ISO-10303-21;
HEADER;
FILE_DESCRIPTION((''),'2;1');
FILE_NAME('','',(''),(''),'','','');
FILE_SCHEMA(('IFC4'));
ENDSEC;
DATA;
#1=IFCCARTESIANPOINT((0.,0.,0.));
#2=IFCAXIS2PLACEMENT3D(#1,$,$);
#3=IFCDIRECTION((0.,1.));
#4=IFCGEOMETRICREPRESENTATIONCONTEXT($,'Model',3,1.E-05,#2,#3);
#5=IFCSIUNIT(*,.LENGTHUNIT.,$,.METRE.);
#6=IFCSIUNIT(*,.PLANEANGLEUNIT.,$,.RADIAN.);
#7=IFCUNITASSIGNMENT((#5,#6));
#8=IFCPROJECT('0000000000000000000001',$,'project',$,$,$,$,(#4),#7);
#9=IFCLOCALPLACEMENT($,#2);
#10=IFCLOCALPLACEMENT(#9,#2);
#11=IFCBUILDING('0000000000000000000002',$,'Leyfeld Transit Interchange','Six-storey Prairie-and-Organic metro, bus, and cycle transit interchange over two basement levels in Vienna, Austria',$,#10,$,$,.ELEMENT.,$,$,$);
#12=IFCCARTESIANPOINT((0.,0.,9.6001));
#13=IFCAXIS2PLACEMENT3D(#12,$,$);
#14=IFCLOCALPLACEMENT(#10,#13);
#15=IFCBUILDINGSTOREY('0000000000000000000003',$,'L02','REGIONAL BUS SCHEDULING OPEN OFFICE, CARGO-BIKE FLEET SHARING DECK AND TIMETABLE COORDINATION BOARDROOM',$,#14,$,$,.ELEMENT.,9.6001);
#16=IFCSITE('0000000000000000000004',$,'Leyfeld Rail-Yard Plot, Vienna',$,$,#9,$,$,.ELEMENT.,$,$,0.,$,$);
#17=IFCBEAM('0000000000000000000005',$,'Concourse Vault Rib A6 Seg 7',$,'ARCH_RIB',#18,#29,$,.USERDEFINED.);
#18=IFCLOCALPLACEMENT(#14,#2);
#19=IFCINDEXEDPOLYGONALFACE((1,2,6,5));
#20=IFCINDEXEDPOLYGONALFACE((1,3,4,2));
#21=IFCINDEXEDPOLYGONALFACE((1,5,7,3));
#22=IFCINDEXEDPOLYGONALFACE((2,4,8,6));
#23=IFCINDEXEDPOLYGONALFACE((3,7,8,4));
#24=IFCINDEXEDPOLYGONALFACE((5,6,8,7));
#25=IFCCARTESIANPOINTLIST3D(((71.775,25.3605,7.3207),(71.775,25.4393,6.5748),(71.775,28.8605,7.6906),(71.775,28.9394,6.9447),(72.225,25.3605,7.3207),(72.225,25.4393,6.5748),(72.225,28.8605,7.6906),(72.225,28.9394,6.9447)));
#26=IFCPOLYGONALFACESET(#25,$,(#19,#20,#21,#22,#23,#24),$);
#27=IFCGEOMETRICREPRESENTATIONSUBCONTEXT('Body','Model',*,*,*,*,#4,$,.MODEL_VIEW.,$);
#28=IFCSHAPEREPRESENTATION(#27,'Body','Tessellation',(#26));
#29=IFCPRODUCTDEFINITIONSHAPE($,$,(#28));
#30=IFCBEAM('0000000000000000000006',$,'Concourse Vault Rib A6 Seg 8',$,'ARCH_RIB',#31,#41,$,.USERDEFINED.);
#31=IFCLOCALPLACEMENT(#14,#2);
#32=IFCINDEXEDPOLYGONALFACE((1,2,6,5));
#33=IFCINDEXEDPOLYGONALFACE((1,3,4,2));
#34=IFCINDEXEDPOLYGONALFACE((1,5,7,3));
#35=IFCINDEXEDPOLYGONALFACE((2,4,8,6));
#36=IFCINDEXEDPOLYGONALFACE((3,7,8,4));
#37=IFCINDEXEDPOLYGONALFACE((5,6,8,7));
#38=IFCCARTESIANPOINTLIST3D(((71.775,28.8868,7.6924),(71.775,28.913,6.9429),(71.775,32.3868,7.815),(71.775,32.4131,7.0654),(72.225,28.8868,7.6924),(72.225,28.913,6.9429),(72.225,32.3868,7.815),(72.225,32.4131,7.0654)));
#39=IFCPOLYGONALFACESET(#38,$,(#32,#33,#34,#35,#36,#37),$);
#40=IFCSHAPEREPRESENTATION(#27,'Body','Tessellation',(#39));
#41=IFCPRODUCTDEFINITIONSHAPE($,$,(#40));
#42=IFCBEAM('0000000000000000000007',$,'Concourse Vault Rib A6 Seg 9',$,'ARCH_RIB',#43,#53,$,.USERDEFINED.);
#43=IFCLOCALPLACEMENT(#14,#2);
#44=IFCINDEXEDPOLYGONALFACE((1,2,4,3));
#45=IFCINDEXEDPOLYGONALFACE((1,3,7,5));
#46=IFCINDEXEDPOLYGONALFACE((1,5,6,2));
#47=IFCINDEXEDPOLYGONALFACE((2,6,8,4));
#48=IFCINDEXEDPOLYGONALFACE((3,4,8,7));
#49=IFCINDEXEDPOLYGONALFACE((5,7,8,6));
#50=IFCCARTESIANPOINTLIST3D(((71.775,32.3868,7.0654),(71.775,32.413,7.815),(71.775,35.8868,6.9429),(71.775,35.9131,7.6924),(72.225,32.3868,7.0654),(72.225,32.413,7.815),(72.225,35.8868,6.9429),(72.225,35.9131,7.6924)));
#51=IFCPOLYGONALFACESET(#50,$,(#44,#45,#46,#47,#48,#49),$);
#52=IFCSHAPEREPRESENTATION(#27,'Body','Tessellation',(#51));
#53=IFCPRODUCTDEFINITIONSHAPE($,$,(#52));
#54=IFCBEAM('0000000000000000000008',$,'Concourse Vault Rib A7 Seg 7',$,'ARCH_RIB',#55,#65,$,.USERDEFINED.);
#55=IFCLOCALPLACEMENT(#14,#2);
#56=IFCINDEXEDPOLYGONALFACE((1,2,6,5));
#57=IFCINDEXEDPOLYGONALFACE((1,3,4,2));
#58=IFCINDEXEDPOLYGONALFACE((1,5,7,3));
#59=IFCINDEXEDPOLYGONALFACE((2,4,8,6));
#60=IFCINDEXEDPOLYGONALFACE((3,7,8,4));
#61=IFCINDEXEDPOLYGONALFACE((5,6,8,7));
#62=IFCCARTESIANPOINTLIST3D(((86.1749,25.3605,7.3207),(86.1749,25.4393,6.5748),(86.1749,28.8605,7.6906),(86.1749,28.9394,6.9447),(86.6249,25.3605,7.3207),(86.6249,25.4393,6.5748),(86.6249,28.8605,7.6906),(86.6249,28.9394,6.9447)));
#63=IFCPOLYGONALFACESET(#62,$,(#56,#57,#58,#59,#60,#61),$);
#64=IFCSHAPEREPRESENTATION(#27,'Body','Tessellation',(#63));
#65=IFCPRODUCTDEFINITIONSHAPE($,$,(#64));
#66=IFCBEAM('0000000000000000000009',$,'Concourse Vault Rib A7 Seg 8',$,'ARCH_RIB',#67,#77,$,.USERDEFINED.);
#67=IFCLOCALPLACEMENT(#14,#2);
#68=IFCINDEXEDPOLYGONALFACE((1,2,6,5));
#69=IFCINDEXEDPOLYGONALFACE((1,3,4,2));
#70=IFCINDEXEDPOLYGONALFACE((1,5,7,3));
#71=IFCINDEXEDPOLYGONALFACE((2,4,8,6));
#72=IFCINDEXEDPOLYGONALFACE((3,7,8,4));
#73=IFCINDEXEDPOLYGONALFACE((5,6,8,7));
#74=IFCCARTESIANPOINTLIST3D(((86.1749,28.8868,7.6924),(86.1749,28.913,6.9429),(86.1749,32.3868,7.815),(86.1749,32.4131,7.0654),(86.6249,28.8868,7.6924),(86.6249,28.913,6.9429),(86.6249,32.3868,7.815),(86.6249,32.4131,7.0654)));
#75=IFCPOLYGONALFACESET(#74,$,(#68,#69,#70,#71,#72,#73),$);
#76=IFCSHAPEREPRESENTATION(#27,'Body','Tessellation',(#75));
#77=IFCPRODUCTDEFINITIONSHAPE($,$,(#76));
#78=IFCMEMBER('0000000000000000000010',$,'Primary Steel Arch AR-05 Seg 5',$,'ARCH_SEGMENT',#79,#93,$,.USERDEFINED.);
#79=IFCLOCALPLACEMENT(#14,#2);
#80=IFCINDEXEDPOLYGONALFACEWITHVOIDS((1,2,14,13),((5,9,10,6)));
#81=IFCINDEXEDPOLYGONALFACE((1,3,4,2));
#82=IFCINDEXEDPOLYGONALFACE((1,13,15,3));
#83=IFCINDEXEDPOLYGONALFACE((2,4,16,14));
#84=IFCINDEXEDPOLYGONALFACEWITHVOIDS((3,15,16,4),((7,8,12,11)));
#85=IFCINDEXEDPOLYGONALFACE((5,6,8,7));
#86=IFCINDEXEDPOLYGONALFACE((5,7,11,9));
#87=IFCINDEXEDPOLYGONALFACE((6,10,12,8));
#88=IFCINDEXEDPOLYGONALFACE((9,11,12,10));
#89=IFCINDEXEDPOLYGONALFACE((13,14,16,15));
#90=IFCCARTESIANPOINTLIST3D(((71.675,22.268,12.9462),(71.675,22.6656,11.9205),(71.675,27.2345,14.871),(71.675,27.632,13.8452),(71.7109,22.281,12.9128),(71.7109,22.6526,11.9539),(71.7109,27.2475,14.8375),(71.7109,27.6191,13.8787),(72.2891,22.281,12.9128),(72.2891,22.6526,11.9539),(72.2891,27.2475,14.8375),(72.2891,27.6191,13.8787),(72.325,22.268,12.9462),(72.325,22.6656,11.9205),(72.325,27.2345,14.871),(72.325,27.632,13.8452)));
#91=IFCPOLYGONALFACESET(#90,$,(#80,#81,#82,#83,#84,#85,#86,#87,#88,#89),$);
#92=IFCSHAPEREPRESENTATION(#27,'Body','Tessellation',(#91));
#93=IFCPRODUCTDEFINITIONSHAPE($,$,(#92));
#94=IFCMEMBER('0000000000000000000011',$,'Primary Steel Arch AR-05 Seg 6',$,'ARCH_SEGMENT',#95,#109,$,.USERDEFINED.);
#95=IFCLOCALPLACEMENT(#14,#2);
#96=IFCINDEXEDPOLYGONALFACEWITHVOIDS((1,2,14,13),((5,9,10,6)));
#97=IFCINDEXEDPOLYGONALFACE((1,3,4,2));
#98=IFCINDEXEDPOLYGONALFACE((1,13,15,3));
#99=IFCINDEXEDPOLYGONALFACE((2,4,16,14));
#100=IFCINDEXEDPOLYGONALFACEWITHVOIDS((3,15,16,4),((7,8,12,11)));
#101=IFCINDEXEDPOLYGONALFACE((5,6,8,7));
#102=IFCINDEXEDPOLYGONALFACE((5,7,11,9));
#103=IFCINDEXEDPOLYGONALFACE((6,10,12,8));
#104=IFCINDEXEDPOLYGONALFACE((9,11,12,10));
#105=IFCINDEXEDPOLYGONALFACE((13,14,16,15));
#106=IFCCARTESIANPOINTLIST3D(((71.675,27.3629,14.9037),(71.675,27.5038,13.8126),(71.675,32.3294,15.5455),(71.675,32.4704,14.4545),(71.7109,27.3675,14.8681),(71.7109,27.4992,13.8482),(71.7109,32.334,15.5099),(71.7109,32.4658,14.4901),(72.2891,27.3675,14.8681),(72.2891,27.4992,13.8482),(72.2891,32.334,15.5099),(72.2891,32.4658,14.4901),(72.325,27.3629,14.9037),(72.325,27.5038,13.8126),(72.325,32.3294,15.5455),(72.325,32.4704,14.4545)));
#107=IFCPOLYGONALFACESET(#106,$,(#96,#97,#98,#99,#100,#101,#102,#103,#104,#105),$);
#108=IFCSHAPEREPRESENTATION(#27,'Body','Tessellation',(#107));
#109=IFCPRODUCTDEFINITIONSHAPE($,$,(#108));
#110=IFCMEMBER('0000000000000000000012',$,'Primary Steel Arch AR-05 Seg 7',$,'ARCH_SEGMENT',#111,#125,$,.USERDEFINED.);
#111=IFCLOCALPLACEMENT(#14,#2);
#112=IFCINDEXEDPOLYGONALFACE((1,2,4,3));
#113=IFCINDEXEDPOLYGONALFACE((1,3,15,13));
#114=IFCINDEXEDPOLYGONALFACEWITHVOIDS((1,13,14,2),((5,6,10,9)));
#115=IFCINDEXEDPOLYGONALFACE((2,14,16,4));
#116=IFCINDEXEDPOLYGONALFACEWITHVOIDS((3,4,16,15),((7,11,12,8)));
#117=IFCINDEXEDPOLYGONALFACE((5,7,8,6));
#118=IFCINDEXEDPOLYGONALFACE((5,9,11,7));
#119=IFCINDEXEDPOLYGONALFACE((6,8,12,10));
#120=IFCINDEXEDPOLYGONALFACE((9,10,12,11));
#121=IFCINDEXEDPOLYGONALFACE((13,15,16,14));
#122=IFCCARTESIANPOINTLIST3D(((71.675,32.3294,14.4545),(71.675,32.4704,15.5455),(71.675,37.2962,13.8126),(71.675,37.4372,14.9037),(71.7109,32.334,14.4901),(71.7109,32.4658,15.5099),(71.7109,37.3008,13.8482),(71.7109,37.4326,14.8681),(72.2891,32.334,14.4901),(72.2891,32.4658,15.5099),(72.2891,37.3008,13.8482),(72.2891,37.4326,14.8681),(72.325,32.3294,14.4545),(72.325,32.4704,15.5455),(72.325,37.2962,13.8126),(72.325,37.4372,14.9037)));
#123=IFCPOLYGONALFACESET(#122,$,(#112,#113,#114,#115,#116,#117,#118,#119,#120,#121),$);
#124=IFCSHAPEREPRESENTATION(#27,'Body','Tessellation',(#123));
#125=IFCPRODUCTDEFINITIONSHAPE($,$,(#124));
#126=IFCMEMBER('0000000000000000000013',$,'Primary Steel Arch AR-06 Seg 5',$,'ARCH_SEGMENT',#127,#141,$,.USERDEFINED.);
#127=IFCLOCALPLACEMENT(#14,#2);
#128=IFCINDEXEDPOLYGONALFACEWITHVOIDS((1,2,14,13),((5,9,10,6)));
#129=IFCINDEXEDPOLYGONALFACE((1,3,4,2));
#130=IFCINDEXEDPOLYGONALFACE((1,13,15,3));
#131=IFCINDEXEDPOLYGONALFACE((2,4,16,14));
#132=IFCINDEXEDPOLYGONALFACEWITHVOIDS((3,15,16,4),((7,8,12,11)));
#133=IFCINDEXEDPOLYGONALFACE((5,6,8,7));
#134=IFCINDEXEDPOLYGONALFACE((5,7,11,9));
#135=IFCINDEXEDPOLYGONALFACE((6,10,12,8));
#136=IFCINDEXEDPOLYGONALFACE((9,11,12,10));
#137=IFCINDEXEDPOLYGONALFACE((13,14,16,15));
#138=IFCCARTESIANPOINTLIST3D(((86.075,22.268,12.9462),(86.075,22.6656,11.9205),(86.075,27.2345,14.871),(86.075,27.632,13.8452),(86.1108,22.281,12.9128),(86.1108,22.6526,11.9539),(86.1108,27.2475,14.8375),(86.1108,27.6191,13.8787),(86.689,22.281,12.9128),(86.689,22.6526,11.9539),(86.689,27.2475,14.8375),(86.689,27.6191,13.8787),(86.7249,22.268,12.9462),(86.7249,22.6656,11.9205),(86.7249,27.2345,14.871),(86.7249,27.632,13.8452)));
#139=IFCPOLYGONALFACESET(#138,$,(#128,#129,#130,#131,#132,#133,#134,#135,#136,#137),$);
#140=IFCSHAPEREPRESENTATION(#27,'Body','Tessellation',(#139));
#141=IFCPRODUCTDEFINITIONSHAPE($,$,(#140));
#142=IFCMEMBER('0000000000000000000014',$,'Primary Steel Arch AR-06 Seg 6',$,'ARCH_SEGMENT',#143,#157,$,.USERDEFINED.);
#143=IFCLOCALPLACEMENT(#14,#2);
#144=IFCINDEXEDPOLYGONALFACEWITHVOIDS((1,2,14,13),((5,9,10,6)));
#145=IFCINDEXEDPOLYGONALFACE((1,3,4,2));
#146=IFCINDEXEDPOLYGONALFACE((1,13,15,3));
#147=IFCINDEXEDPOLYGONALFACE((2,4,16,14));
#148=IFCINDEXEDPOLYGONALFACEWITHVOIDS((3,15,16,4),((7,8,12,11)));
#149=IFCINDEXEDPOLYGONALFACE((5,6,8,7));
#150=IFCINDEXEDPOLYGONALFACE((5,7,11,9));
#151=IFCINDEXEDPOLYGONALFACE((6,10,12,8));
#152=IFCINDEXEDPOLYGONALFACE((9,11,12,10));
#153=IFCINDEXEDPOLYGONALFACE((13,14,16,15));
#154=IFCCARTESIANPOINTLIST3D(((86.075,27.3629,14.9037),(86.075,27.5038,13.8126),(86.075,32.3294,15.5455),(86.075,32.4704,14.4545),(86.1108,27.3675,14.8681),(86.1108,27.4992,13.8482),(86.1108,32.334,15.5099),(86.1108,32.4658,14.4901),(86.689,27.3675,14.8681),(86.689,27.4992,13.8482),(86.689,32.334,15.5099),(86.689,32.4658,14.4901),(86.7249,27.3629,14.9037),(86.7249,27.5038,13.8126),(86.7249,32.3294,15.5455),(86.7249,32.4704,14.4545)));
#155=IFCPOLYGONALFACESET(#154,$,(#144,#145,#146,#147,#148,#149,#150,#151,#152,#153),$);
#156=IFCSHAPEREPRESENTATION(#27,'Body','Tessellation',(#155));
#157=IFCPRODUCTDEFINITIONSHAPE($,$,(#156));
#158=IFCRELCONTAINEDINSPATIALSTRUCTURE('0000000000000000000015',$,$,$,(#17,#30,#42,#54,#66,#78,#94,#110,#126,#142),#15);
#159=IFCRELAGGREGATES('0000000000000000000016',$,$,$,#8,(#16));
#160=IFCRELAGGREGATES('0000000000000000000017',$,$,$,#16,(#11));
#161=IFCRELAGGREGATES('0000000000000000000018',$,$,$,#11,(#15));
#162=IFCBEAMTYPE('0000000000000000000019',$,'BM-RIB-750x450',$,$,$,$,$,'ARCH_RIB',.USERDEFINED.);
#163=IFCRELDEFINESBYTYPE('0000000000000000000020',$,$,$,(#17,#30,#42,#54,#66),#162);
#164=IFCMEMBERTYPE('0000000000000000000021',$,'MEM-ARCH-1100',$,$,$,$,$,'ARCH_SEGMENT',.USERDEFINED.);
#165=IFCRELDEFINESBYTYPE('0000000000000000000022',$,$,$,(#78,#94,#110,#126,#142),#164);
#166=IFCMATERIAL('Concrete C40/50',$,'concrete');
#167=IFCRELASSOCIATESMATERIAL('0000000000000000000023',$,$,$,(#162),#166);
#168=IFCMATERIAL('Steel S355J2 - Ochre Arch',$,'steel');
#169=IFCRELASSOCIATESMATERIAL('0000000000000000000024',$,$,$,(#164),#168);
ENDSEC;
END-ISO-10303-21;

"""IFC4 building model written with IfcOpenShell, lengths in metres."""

from ifc_helpers import new_model, si_unit, direction, frame, origin, origin_2d, place, context, subcontext, project, spatial, rectangle, hollow_rectangle, extrude, material, material_profile, profile_set, type_object, element, save


model = new_model("IFC4")

# Units and contexts
model_context = context("Model", 3, precision=1e-05, world=origin(), true_north=direction((0.0, 1.0)))
body_context = subcontext(model_context, "Body", "Model", "MODEL_VIEW")
ifc_project = project(units=[si_unit("LENGTHUNIT", "METRE"), si_unit("PLANEANGLEUNIT", "RADIAN")], contexts=[model_context])

# Site, building, storey
site_placement = place(None, origin())
site = spatial("IfcSite", under=ifc_project, at=site_placement, Name="Leyfeld Rail-Yard Plot, Vienna", CompositionType="ELEMENT", RefElevation=0.0)
building_placement = place(site_placement, origin())
building = spatial("IfcBuilding", under=site, at=building_placement, Name="Leyfeld Transit Interchange", Description="Six-storey Prairie-and-Organic metro, bus, and cycle transit interchange over two basement levels in Vienna, Austria", CompositionType="ELEMENT")
storey_placement = place(building_placement, frame((0.0, 0.0, 9.6001)))
storey = spatial("IfcBuildingStorey", under=building, at=storey_placement, Name="L02", Description="REGIONAL BUS SCHEDULING OPEN OFFICE, CARGO-BIKE FLEET SHARING DECK AND TIMETABLE COORDINATION BOARDROOM", CompositionType="ELEMENT", Elevation=9.6001)

# Beams
ifc_material_1 = material(Name="Concrete C40/50", Category="concrete")
ifc_material_profile_1 = material_profile(ifc_material_1, rectangle(XDim=0.45, YDim=0.75, at=origin_2d()), Name="RC 750x450 RIB")
ifc_profile_set_1 = profile_set([ifc_material_profile_1], Name="Concrete C40/50")
beam_type = type_object("IfcBeamType", Name="BM-RIB-750x450", ElementType="ARCH_RIB", PredefinedType="USERDEFINED", material=ifc_profile_set_1)
beam_1_placement = place(storey_placement, frame((72.0, 25.3999, 6.9478), z_axis=(0.0, 0.994462, 0.105093), x_axis=(-1.0, 0.0, 0.0)))
element("IfcBeam", 1, at=beam_1_placement, inside=storey, type_object=beam_type, Name="Concourse Vault Rib A6 Seg 7", ObjectType="ARCH_RIB", PredefinedType="USERDEFINED", context=body_context, shape_type="SweptSolid", body=[
    extrude(rectangle(XDim=0.45, YDim=0.75, at=origin_2d()), origin(), (0.0, 0.0, 1.0), 3.5195),
])
for number, where, z_axis, x_axis, name in (
    (2, (72.0, 28.8999, 7.3176), (0.0, 0.999387, 0.034995), (-1.0, 0.0, 0.0), "Concourse Vault Rib A6 Seg 8"),
    (3, (72.0, 32.3999, 7.4402), (0.0, 0.999387, -0.034995), (-1.0, 0.0, 0.0), "Concourse Vault Rib A6 Seg 9"),
):
    element("IfcBeam", number, at=place(storey_placement, frame(where, z_axis=z_axis, x_axis=x_axis)), inside=storey, type_object=beam_type, Name=name, ObjectType="ARCH_RIB", PredefinedType="USERDEFINED", context=body_context, shape_type="SweptSolid", body=[
        extrude(rectangle(XDim=0.45, YDim=0.75, at=origin_2d()), origin(), (0.0, 0.0, 1.0), 3.5022),
    ])
beam_2_placement = place(storey_placement, frame((86.3999, 25.3999, 6.9478), z_axis=(0.0, 0.994462, 0.105093), x_axis=(-1.0, 0.0, 0.0)))
element("IfcBeam", 4, at=beam_2_placement, inside=storey, type_object=beam_type, Name="Concourse Vault Rib A7 Seg 7", ObjectType="ARCH_RIB", PredefinedType="USERDEFINED", context=body_context, shape_type="SweptSolid", body=[
    extrude(rectangle(XDim=0.45, YDim=0.75, at=origin_2d()), origin(), (0.0, 0.0, 1.0), 3.5195),
])
beam_3_placement = place(storey_placement, frame((86.3999, 28.8999, 7.3176), z_axis=(0.0, 0.999387, 0.034995), x_axis=(-1.0, 0.0, 0.0)))
element("IfcBeam", 5, at=beam_3_placement, inside=storey, type_object=beam_type, Name="Concourse Vault Rib A7 Seg 8", ObjectType="ARCH_RIB", PredefinedType="USERDEFINED", context=body_context, shape_type="SweptSolid", body=[
    extrude(rectangle(XDim=0.45, YDim=0.75, at=origin_2d()), origin(), (0.0, 0.0, 1.0), 3.5022),
])

# Members
ifc_material_2 = material(Name="Steel S355J2 - Ochre Arch", Category="steel")
ifc_material_profile_2 = material_profile(ifc_material_2, hollow_rectangle(XDim=0.6499, YDim=1.1001, WallThickness=0.0359, at=origin_2d()), Name="RHS 1100x650x36")
ifc_profile_set_2 = profile_set([ifc_material_profile_2], Name="Steel S355J2 - Ochre Arch")
member_type_1 = type_object("IfcMemberType", Name="MEM-ARCH-1100", ElementType="ARCH_SEGMENT", PredefinedType="USERDEFINED", material=ifc_profile_set_2)
member_1_placement = place(storey_placement, frame((72.0, 22.4668, 12.4333), z_axis=(0.0, 0.932425, 0.361364), x_axis=(-1.0, 0.0, 0.0)))
element("IfcMember", 6, at=member_1_placement, inside=storey, type_object=member_type_1, Name="Primary Steel Arch AR-05 Seg 5", ObjectType="ARCH_SEGMENT", PredefinedType="USERDEFINED", context=body_context, shape_type="SweptSolid", body=[
    extrude(hollow_rectangle(XDim=0.6499, YDim=1.1001, WallThickness=0.0359, at=origin_2d()), origin(), (0.0, 0.0, 1.0), 5.3264),
])
member_2_placement = place(storey_placement, frame((72.0, 27.4333, 14.3582), z_axis=(0.0, 0.991752, 0.128168), x_axis=(-1.0, 0.0, 0.0)))
element("IfcMember", 7, at=member_2_placement, inside=storey, type_object=member_type_1, Name="Primary Steel Arch AR-05 Seg 6", ObjectType="ARCH_SEGMENT", PredefinedType="USERDEFINED", context=body_context, shape_type="SweptSolid", body=[
    extrude(hollow_rectangle(XDim=0.6499, YDim=1.1001, WallThickness=0.0359, at=origin_2d()), origin(), (0.0, 0.0, 1.0), 5.0078),
])
member_3_placement = place(storey_placement, frame((72.0, 32.3999, 15.0), z_axis=(0.0, 0.991753, -0.128162), x_axis=(-1.0, 0.0, 0.0)))
element("IfcMember", 8, at=member_3_placement, inside=storey, type_object=member_type_1, Name="Primary Steel Arch AR-05 Seg 7", ObjectType="ARCH_SEGMENT", PredefinedType="USERDEFINED", context=body_context, shape_type="SweptSolid", body=[
    extrude(hollow_rectangle(XDim=0.6499, YDim=1.1001, WallThickness=0.0359, at=origin_2d()), origin(), (0.0, 0.0, 1.0), 5.0081),
])
member_4_placement = place(storey_placement, frame((86.3999, 22.4668, 12.4333), z_axis=(0.0, 0.932425, 0.361364), x_axis=(-1.0, 0.0, 0.0)))
element("IfcMember", 9, at=member_4_placement, inside=storey, type_object=member_type_1, Name="Primary Steel Arch AR-06 Seg 5", ObjectType="ARCH_SEGMENT", PredefinedType="USERDEFINED", context=body_context, shape_type="SweptSolid", body=[
    extrude(hollow_rectangle(XDim=0.6499, YDim=1.1001, WallThickness=0.0359, at=origin_2d()), origin(), (0.0, 0.0, 1.0), 5.3264),
])
member_5_placement = place(storey_placement, frame((86.3999, 27.4333, 14.3582), z_axis=(0.0, 0.991752, 0.128168), x_axis=(-1.0, 0.0, 0.0)))
element("IfcMember", 10, at=member_5_placement, inside=storey, type_object=member_type_1, Name="Primary Steel Arch AR-06 Seg 6", ObjectType="ARCH_SEGMENT", PredefinedType="USERDEFINED", context=body_context, shape_type="SweptSolid", body=[
    extrude(hollow_rectangle(XDim=0.6499, YDim=1.1001, WallThickness=0.0359, at=origin_2d()), origin(), (0.0, 0.0, 1.0), 5.0078),
])

save(model, "model.ifc")
